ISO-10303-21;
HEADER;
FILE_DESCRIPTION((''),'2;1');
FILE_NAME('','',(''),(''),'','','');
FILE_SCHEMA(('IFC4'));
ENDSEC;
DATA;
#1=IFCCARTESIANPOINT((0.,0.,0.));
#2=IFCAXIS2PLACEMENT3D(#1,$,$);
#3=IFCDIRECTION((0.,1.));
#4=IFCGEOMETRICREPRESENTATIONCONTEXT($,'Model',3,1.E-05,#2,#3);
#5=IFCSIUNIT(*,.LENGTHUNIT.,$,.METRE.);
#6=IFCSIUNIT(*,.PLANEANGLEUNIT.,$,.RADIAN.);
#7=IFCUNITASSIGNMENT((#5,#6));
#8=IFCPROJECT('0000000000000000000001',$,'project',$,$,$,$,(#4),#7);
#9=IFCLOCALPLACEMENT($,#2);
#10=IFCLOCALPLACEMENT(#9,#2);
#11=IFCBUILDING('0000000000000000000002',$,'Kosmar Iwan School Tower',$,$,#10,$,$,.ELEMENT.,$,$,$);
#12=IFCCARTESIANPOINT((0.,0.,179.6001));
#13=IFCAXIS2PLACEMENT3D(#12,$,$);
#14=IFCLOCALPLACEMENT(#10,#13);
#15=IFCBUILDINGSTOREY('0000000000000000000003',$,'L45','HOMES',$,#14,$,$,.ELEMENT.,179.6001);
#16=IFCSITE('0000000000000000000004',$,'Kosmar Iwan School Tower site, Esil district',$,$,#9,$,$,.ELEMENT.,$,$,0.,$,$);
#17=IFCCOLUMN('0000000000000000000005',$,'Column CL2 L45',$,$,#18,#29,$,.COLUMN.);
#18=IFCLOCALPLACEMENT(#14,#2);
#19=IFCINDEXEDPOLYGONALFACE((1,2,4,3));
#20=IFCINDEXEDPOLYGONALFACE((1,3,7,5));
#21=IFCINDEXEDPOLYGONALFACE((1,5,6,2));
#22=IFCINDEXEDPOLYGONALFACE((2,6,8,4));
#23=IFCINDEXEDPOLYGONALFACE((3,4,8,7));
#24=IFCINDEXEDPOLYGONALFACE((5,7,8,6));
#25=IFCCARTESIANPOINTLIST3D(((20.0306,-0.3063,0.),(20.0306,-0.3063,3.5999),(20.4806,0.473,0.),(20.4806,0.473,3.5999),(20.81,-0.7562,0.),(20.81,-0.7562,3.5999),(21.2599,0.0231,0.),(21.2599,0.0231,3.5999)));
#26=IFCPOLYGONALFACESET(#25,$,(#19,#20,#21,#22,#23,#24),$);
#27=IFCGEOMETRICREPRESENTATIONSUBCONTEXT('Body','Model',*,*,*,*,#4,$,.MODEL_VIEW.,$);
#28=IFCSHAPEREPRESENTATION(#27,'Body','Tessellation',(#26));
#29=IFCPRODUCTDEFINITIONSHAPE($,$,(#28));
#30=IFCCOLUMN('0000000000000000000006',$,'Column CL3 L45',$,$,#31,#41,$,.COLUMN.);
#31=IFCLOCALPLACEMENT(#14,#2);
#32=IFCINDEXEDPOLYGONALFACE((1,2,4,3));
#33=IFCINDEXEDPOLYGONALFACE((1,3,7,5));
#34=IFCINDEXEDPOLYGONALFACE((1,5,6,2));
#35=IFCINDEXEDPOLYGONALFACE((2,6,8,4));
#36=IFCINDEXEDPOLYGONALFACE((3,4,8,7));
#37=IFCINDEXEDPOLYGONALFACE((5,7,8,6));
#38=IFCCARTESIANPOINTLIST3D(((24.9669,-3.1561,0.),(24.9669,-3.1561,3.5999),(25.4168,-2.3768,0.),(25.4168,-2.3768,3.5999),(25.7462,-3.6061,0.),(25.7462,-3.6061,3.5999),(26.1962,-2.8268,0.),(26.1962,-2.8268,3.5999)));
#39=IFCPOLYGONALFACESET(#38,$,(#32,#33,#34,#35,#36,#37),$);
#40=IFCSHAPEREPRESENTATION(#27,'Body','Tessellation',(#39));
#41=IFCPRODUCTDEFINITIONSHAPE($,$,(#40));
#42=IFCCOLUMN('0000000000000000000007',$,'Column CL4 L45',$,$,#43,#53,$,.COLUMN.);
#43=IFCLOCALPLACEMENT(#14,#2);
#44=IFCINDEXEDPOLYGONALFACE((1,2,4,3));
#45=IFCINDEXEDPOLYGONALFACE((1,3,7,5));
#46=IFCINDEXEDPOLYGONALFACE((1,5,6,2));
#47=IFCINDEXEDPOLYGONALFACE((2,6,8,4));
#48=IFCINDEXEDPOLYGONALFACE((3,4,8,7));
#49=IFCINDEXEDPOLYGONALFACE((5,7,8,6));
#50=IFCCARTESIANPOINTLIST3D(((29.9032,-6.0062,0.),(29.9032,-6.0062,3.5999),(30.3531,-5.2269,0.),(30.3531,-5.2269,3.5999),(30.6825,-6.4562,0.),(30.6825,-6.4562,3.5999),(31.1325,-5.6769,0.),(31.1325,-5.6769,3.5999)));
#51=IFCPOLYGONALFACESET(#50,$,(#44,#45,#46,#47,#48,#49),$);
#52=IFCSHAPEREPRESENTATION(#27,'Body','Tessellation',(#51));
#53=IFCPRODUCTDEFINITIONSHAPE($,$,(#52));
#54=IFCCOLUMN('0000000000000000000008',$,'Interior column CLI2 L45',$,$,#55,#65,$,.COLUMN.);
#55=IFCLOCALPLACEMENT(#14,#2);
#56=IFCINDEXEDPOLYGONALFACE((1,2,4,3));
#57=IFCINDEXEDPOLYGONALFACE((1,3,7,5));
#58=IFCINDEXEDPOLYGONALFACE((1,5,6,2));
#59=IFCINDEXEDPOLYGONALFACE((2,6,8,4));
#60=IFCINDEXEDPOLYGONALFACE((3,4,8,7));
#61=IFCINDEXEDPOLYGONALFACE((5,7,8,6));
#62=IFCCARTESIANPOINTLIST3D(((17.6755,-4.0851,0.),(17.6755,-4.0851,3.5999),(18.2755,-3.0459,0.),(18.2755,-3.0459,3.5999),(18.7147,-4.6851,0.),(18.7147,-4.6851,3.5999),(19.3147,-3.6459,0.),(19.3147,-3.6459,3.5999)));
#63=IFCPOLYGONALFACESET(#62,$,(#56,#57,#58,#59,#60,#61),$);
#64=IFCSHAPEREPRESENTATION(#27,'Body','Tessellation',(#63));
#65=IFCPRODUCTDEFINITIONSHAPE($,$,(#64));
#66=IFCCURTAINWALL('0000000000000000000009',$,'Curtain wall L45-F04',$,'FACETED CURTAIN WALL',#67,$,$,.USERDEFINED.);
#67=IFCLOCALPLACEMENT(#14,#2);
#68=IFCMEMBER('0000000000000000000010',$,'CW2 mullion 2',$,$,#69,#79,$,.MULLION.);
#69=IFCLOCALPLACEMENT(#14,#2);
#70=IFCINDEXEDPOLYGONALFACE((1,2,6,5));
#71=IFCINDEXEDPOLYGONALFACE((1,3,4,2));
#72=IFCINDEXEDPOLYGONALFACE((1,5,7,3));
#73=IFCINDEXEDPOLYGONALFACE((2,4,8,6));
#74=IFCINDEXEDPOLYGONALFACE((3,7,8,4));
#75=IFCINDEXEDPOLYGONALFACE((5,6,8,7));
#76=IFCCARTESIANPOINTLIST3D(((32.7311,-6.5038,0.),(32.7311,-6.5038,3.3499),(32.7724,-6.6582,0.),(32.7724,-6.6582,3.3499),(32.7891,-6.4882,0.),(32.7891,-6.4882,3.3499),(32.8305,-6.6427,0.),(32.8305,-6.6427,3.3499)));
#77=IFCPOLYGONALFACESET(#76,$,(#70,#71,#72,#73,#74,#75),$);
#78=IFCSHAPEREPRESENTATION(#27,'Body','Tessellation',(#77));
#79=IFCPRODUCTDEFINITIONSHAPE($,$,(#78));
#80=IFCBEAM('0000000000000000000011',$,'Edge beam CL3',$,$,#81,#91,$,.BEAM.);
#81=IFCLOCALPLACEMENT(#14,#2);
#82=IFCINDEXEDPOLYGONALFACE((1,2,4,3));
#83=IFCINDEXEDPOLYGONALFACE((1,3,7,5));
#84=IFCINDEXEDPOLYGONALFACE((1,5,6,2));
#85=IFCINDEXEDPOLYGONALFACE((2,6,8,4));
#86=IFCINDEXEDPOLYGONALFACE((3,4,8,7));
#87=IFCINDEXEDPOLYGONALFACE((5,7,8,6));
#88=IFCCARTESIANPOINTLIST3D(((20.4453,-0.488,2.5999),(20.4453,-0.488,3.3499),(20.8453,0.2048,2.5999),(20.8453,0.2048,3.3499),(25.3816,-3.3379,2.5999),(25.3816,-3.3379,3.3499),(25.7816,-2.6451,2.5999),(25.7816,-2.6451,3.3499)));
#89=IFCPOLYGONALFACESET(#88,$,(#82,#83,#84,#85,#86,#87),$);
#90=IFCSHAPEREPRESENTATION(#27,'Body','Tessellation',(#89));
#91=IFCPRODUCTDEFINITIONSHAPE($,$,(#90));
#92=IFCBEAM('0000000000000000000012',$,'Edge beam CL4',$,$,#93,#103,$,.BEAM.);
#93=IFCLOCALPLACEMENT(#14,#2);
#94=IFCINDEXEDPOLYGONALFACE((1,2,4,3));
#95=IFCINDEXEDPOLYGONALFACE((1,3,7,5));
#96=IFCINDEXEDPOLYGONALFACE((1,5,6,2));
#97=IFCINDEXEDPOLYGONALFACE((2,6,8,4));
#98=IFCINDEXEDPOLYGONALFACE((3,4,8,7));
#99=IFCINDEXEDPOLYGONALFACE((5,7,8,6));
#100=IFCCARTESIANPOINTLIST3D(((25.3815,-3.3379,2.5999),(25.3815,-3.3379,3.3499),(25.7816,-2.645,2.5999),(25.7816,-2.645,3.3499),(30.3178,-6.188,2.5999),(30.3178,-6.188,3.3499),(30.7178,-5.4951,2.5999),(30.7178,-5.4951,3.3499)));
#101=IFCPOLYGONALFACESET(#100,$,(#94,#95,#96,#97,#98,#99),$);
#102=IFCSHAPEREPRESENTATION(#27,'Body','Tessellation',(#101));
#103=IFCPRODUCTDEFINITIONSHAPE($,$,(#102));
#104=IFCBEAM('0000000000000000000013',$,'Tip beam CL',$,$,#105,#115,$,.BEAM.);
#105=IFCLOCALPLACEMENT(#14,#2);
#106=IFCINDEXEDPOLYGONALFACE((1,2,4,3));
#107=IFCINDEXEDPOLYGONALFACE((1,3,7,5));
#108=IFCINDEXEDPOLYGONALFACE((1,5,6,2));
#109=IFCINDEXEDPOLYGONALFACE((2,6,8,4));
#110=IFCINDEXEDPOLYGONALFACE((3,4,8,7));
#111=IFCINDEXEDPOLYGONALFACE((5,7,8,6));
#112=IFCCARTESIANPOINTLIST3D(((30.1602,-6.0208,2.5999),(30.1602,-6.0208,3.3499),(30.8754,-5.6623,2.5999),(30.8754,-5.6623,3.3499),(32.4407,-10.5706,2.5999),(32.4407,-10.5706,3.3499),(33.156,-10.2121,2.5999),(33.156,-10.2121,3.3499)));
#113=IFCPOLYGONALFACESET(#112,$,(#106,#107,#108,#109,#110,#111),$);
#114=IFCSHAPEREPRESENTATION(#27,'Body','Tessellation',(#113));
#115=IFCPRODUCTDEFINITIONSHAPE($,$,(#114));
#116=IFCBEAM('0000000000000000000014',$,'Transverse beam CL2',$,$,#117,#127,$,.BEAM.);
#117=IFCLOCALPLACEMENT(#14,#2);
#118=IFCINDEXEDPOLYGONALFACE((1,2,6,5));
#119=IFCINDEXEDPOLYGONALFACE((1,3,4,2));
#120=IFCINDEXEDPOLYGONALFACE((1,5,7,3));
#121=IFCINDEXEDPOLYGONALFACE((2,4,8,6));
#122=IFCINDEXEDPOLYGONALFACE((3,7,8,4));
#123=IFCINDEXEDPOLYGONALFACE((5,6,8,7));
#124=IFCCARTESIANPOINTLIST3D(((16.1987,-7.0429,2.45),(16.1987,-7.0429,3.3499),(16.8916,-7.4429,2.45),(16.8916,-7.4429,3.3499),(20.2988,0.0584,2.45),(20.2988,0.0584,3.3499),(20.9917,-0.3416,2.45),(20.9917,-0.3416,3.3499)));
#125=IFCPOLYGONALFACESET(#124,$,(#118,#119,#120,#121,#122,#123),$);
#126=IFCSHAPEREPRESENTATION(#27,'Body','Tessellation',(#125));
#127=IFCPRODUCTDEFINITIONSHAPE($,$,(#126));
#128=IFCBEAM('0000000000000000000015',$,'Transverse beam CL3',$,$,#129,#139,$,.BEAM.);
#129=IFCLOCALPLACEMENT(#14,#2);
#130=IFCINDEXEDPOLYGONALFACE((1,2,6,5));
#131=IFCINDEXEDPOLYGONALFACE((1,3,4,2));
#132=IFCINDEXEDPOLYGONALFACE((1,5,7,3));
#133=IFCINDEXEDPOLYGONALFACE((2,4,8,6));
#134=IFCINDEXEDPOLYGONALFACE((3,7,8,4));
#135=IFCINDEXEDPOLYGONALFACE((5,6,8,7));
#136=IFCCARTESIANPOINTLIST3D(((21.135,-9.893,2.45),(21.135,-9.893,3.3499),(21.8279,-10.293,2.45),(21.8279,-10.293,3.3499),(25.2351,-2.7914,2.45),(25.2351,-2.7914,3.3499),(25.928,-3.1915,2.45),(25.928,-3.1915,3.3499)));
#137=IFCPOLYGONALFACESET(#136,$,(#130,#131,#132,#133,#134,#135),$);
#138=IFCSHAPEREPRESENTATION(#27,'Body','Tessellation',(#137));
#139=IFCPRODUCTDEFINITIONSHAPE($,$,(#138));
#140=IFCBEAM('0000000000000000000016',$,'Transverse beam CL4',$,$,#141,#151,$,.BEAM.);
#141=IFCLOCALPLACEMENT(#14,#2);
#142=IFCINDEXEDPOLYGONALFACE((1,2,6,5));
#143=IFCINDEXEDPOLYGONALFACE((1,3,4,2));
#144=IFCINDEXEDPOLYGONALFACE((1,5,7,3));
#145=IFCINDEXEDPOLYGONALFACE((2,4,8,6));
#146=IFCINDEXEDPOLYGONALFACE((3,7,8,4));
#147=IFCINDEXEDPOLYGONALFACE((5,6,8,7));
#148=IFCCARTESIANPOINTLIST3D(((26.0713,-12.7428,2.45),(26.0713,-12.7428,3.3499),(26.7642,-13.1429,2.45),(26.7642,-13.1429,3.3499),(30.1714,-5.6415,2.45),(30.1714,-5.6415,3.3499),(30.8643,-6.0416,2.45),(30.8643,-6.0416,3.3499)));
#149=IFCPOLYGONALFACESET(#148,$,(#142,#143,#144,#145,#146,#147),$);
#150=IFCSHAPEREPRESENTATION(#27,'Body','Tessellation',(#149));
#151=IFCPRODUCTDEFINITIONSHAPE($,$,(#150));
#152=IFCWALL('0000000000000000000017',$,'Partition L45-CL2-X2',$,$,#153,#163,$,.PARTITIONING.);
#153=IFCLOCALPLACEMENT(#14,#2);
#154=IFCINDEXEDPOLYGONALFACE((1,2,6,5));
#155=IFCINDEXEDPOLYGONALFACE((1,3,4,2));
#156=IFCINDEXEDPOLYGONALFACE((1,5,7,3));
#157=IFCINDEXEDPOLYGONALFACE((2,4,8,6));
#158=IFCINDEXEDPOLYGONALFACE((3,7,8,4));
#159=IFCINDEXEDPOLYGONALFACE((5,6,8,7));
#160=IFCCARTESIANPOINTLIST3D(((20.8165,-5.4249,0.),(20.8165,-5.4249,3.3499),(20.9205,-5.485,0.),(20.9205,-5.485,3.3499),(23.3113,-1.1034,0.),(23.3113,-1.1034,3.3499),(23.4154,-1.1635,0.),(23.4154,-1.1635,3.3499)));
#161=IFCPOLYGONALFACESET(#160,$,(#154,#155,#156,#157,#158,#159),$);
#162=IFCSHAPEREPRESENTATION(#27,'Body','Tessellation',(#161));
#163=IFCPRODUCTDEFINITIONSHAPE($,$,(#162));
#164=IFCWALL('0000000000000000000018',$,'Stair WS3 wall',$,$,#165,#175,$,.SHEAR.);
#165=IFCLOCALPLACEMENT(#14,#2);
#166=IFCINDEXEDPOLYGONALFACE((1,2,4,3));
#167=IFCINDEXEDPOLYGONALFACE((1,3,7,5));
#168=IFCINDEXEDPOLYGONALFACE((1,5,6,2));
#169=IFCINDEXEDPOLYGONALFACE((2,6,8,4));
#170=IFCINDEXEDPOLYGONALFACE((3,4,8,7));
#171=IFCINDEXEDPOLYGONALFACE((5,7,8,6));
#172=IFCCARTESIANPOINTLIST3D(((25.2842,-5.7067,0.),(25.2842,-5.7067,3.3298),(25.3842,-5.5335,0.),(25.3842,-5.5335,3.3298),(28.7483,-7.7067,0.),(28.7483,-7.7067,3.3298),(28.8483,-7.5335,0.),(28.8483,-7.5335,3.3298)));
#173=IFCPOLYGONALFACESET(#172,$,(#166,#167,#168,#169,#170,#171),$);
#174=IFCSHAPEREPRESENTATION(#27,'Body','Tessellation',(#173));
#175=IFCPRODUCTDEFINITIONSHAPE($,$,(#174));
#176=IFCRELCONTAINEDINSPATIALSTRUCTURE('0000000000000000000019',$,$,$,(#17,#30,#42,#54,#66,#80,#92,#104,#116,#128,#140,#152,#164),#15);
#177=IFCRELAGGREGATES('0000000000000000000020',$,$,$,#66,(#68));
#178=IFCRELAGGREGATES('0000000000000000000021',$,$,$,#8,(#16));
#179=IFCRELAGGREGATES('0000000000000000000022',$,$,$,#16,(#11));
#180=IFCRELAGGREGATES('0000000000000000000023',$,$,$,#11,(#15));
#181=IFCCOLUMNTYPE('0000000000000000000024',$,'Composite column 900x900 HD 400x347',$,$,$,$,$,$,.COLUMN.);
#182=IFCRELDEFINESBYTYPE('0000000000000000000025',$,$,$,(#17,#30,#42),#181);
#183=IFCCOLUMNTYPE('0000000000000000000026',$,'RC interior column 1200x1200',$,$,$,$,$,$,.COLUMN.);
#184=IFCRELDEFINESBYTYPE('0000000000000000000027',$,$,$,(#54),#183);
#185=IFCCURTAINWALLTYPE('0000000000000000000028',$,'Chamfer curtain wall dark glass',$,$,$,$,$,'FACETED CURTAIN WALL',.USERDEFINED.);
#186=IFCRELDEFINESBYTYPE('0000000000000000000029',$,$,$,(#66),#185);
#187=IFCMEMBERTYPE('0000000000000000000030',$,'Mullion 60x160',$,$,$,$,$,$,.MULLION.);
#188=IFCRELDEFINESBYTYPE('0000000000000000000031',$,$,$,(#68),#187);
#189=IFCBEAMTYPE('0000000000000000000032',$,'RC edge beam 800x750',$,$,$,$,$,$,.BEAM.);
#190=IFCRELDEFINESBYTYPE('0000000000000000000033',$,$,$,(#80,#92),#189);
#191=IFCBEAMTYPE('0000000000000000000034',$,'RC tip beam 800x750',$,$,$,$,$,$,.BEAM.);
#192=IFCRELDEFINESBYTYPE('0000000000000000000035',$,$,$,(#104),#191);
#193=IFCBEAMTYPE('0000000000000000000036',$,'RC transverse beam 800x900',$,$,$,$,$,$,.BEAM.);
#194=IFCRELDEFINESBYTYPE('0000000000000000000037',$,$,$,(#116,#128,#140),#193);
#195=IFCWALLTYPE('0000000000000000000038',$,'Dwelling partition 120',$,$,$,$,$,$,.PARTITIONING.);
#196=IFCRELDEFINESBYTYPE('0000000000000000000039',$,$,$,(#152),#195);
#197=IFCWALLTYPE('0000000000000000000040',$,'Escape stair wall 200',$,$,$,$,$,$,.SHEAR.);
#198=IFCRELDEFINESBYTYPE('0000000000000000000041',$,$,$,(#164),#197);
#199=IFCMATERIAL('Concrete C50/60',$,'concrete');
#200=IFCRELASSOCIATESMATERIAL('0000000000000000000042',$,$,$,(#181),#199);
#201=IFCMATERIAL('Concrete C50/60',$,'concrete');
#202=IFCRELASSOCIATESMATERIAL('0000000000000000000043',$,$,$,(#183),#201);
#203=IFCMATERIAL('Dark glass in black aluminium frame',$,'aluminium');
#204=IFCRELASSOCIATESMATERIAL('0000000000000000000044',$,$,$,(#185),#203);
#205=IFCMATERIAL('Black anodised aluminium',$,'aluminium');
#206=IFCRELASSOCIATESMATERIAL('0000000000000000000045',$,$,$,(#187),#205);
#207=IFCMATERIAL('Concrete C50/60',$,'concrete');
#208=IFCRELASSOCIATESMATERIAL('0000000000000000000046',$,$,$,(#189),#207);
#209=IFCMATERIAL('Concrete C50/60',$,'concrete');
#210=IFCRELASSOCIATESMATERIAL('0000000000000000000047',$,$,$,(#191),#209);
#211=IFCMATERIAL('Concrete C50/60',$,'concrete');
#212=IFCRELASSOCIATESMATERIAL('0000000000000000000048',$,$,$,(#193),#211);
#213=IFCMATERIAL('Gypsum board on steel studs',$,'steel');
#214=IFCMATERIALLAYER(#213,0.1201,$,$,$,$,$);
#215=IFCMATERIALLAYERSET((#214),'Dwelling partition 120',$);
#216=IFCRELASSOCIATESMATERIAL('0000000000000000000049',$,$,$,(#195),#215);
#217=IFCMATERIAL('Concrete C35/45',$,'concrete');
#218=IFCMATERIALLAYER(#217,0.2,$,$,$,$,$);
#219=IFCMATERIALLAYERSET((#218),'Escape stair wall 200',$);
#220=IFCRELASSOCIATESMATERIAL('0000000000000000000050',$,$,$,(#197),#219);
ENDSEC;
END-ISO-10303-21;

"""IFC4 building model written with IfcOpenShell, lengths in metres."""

from ifc_helpers import new_model, si_unit, direction, frame, frame_2d, origin, origin_2d, place, context, subcontext, project, spatial, rectangle, extrude, material, layer, layer_set, material_profile, profile_set, type_object, element, aggregate, save


model = new_model("IFC4")

# Units and contexts
model_context = context("Model", 3, precision=1e-05, world=origin(), true_north=direction((0.0, 1.0)))
body_context = subcontext(model_context, "Body", "Model", "MODEL_VIEW")
ifc_project = project(units=[si_unit("LENGTHUNIT", "METRE"), si_unit("PLANEANGLEUNIT", "RADIAN")], contexts=[model_context])

# Site, building, storey
site_placement = place(None, origin())
site = spatial("IfcSite", under=ifc_project, at=site_placement, Name="Kosmar Iwan School Tower site, Esil district", CompositionType="ELEMENT", RefElevation=0.0)
building_placement = place(site_placement, origin())
building = spatial("IfcBuilding", under=site, at=building_placement, Name="Kosmar Iwan School Tower", CompositionType="ELEMENT")
storey_placement = place(building_placement, frame((0.0, 0.0, 179.6001)))
storey = spatial("IfcBuildingStorey", under=building, at=storey_placement, Name="L45", Description="HOMES", CompositionType="ELEMENT", Elevation=179.6001)

# Columns
ifc_material_1 = material(Name="Concrete C50/60", Category="concrete")
ifc_material_profile_1 = material_profile(ifc_material_1, rectangle(XDim=0.8999, YDim=0.8999, at=origin_2d()), Name="RC 900x900 + HD 400x347")
ifc_profile_set_1 = profile_set([ifc_material_profile_1], Name="Concrete C50/60")
column_type_1 = type_object("IfcColumnType", Name="Composite column 900x900 HD 400x347", PredefinedType="COLUMN", material=ifc_profile_set_1)
for number, where, z_axis, x_axis, name in (
    (1, (20.6453, -0.1416, 0.0), (0.0, 0.0, 1.0), (0.866025, -0.5, 0.0), "Column CL2 L45"),
    (2, (25.5815, -2.9915, 0.0), (0.0, 0.0, 1.0), (0.866025, -0.5, 0.0), "Column CL3 L45"),
    (3, (30.5178, -5.8416, 0.0), (0.0, 0.0, 1.0), (0.866025, -0.5, 0.0), "Column CL4 L45"),
):
    element("IfcColumn", number, at=place(storey_placement, frame(where, z_axis=z_axis, x_axis=x_axis)), inside=storey, type_object=column_type_1, Name=name, PredefinedType="COLUMN", context=body_context, shape_type="SweptSolid", body=[
        extrude(rectangle(XDim=0.8999, YDim=0.8999, at=origin_2d()), origin(), (0.0, 0.0, 1.0), 3.5999),
    ])
ifc_material_2 = material(Name="Concrete C50/60", Category="concrete")
ifc_material_profile_2 = material_profile(ifc_material_2, rectangle(XDim=1.2, YDim=1.2, at=origin_2d()), Name="RC 1200x1200")
ifc_profile_set_2 = profile_set([ifc_material_profile_2], Name="Concrete C50/60")
column_type_2 = type_object("IfcColumnType", Name="RC interior column 1200x1200", PredefinedType="COLUMN", material=ifc_profile_set_2)
column_placement = place(storey_placement, frame((18.4951, -3.8655, 0.0), z_axis=(0.0, 0.0, 1.0), x_axis=(0.866025, -0.5, 0.0)))
element("IfcColumn", 4, at=column_placement, inside=storey, type_object=column_type_2, Name="Interior column CLI2 L45", PredefinedType="COLUMN", context=body_context, shape_type="SweptSolid", body=[
    extrude(rectangle(XDim=1.2, YDim=1.2, at=origin_2d()), origin(), (0.0, 0.0, 1.0), 3.5999),
])

# Curtain wall, member
ifc_material_3 = material(Name="Dark glass in black aluminium frame", Category="aluminium")
curtain_wall_type = type_object("IfcCurtainWallType", Name="Chamfer curtain wall dark glass", ElementType="FACETED CURTAIN WALL", PredefinedType="USERDEFINED", material=ifc_material_3)
curtain_wall_placement = place(storey_placement, origin())
curtain_wall = element("IfcCurtainWall", 5, at=curtain_wall_placement, inside=storey, type_object=curtain_wall_type, Name="Curtain wall L45-F04", ObjectType="FACETED CURTAIN WALL", PredefinedType="USERDEFINED")
ifc_material_4 = material(Name="Black anodised aluminium", Category="aluminium")
ifc_material_profile_3 = material_profile(ifc_material_4, rectangle(XDim=0.0601, YDim=0.1599, at=origin_2d()), Name="MULLION 60x160")
ifc_profile_set_3 = profile_set([ifc_material_profile_3], Name="Black anodised aluminium")
member_type = type_object("IfcMemberType", Name="Mullion 60x160", PredefinedType="MULLION", material=ifc_profile_set_3)
member_placement = place(storey_placement, frame((32.7808, -6.5732, 0.0), z_axis=(0.0, 0.0, 1.0), x_axis=(-0.965926, -0.258819, 0.0)))
member = element("IfcMember", 6, at=member_placement, type_object=member_type, Name="CW2 mullion 2", PredefinedType="MULLION", context=body_context, shape_type="SweptSolid", body=[
    extrude(rectangle(XDim=0.0601, YDim=0.1599, at=origin_2d()), origin(), (0.0, 0.0, 1.0), 3.3499),
])
aggregate(curtain_wall, [member])

# Beams
ifc_material_5 = material(Name="Concrete C50/60", Category="concrete")
ifc_material_profile_4 = material_profile(ifc_material_5, rectangle(XDim=0.8, YDim=0.75, at=origin_2d()), Name="RC 800x750")
ifc_profile_set_4 = profile_set([ifc_material_profile_4], Name="Concrete C50/60")
beam_type_1 = type_object("IfcBeamType", Name="RC edge beam 800x750", PredefinedType="BEAM", material=ifc_profile_set_4)
for number, where, z_axis, x_axis, name in (
    (7, (20.6453, -0.1416, 2.9749), (0.866034, -0.499986, 0.0), (0.499986, 0.866034, 0.0), "Edge beam CL3"),
    (8, (25.5815, -2.9915, 2.9749), (0.866015, -0.500018, 0.0), (0.500018, 0.866015, 0.0), "Edge beam CL4"),
):
    element("IfcBeam", number, at=place(storey_placement, frame(where, z_axis=z_axis, x_axis=x_axis)), inside=storey, type_object=beam_type_1, Name=name, PredefinedType="BEAM", context=body_context, shape_type="SweptSolid", body=[
        extrude(rectangle(XDim=0.8, YDim=0.75, at=origin_2d()), origin(), (0.0, 0.0, 1.0), 5.7),
    ])
ifc_material_6 = material(Name="Concrete C50/60", Category="concrete")
ifc_material_profile_5 = material_profile(ifc_material_6, rectangle(XDim=0.8, YDim=0.75, at=origin_2d()), Name="RC 800x750")
ifc_profile_set_5 = profile_set([ifc_material_profile_5], Name="Concrete C50/60")
beam_type_2 = type_object("IfcBeamType", Name="RC tip beam 800x750", PredefinedType="BEAM", material=ifc_profile_set_5)
beam_1_placement = place(storey_placement, frame((30.5178, -5.8416, 2.9749), z_axis=(0.448096, -0.893985, 0.0), x_axis=(0.893985, 0.448096, 0.0)))
element("IfcBeam", 9, at=beam_1_placement, inside=storey, type_object=beam_type_2, Name="Tip beam CL", PredefinedType="BEAM", context=body_context, shape_type="SweptSolid", body=[
    extrude(rectangle(XDim=0.8, YDim=0.75, at=origin_2d()), origin(), (0.0, 0.0, 1.0), 5.0894),
])
ifc_material_7 = material(Name="Concrete C50/60", Category="concrete")
ifc_material_profile_6 = material_profile(ifc_material_7, rectangle(XDim=0.8, YDim=0.8999, at=origin_2d()), Name="RC 800x900")
ifc_profile_set_6 = profile_set([ifc_material_profile_6], Name="Concrete C50/60")
beam_type_3 = type_object("IfcBeamType", Name="RC transverse beam 800x900", PredefinedType="BEAM", material=ifc_profile_set_6)
beam_2_placement = place(storey_placement, frame((20.6453, -0.1416, 2.8999), z_axis=(-0.500014, -0.866018, 0.0), x_axis=(0.866018, -0.500014, 0.0)))
element("IfcBeam", 10, at=beam_2_placement, inside=storey, type_object=beam_type_3, Name="Transverse beam CL2", PredefinedType="BEAM", context=body_context, shape_type="SweptSolid", body=[
    extrude(rectangle(XDim=0.8, YDim=0.8999, at=origin_2d()), origin(), (0.0, 0.0, 1.0), 8.2),
])
beam_3_placement = place(storey_placement, frame((25.5815, -2.9915, 2.8999), z_axis=(-0.500001, -0.866025, 0.0), x_axis=(0.866025, -0.500001, 0.0)))
element("IfcBeam", 11, at=beam_3_placement, inside=storey, type_object=beam_type_3, Name="Transverse beam CL3", PredefinedType="BEAM", context=body_context, shape_type="SweptSolid", body=[
    extrude(rectangle(XDim=0.8, YDim=0.8999, at=origin_2d()), origin(), (0.0, 0.0, 1.0), 8.2002),
])
beam_4_placement = place(storey_placement, frame((30.5178, -5.8416, 2.8999), z_axis=(-0.500014, -0.866018, 0.0), x_axis=(0.866018, -0.500014, 0.0)))
element("IfcBeam", 12, at=beam_4_placement, inside=storey, type_object=beam_type_3, Name="Transverse beam CL4", PredefinedType="BEAM", context=body_context, shape_type="SweptSolid", body=[
    extrude(rectangle(XDim=0.8, YDim=0.8999, at=origin_2d()), origin(), (0.0, 0.0, 1.0), 8.2),
])

# Walls
ifc_material_8 = material(Name="Gypsum board on steel studs", Category="steel")
ifc_layer_1 = layer(ifc_material_8, 0.1201)
ifc_layer_set_1 = layer_set([ifc_layer_1], Name="Dwelling partition 120")
wall_type_1 = type_object("IfcWallType", Name="Dwelling partition 120", PredefinedType="PARTITIONING", material=ifc_layer_set_1)
wall_1_placement = place(storey_placement, frame((20.8684, -5.4551, 0.0), z_axis=(0.0, 0.0, 1.0), x_axis=(0.499975, 0.86604, 0.0)))
element("IfcWall", 13, at=wall_1_placement, inside=storey, type_object=wall_type_1, Name="Partition L45-CL2-X2", PredefinedType="PARTITIONING", context=body_context, shape_type="SweptSolid", body=[
    extrude(rectangle(XDim=4.99, YDim=0.1201, at=frame_2d((2.4951, 0.0))), origin(), (0.0, 0.0, 1.0), 3.3499),
])
ifc_material_9 = material(Name="Concrete C35/45", Category="concrete")
ifc_layer_2 = layer(ifc_material_9, 0.2)
ifc_layer_set_2 = layer_set([ifc_layer_2], Name="Escape stair wall 200")
wall_type_2 = type_object("IfcWallType", Name="Escape stair wall 200", PredefinedType="SHEAR", material=ifc_layer_set_2)
wall_2_placement = place(storey_placement, frame((25.3342, -5.6201, 0.0), z_axis=(0.0, 0.0, 1.0), x_axis=(0.866026, -0.499999, 0.0)))
element("IfcWall", 14, at=wall_2_placement, inside=storey, type_object=wall_type_2, Name="Stair WS3 wall", PredefinedType="SHEAR", context=body_context, shape_type="SweptSolid", body=[
    extrude(rectangle(XDim=4.0, YDim=0.2, at=frame_2d((2.0, 0.0))), origin(), (0.0, 0.0, 1.0), 3.3298),
])

save(model, "model.ifc")
